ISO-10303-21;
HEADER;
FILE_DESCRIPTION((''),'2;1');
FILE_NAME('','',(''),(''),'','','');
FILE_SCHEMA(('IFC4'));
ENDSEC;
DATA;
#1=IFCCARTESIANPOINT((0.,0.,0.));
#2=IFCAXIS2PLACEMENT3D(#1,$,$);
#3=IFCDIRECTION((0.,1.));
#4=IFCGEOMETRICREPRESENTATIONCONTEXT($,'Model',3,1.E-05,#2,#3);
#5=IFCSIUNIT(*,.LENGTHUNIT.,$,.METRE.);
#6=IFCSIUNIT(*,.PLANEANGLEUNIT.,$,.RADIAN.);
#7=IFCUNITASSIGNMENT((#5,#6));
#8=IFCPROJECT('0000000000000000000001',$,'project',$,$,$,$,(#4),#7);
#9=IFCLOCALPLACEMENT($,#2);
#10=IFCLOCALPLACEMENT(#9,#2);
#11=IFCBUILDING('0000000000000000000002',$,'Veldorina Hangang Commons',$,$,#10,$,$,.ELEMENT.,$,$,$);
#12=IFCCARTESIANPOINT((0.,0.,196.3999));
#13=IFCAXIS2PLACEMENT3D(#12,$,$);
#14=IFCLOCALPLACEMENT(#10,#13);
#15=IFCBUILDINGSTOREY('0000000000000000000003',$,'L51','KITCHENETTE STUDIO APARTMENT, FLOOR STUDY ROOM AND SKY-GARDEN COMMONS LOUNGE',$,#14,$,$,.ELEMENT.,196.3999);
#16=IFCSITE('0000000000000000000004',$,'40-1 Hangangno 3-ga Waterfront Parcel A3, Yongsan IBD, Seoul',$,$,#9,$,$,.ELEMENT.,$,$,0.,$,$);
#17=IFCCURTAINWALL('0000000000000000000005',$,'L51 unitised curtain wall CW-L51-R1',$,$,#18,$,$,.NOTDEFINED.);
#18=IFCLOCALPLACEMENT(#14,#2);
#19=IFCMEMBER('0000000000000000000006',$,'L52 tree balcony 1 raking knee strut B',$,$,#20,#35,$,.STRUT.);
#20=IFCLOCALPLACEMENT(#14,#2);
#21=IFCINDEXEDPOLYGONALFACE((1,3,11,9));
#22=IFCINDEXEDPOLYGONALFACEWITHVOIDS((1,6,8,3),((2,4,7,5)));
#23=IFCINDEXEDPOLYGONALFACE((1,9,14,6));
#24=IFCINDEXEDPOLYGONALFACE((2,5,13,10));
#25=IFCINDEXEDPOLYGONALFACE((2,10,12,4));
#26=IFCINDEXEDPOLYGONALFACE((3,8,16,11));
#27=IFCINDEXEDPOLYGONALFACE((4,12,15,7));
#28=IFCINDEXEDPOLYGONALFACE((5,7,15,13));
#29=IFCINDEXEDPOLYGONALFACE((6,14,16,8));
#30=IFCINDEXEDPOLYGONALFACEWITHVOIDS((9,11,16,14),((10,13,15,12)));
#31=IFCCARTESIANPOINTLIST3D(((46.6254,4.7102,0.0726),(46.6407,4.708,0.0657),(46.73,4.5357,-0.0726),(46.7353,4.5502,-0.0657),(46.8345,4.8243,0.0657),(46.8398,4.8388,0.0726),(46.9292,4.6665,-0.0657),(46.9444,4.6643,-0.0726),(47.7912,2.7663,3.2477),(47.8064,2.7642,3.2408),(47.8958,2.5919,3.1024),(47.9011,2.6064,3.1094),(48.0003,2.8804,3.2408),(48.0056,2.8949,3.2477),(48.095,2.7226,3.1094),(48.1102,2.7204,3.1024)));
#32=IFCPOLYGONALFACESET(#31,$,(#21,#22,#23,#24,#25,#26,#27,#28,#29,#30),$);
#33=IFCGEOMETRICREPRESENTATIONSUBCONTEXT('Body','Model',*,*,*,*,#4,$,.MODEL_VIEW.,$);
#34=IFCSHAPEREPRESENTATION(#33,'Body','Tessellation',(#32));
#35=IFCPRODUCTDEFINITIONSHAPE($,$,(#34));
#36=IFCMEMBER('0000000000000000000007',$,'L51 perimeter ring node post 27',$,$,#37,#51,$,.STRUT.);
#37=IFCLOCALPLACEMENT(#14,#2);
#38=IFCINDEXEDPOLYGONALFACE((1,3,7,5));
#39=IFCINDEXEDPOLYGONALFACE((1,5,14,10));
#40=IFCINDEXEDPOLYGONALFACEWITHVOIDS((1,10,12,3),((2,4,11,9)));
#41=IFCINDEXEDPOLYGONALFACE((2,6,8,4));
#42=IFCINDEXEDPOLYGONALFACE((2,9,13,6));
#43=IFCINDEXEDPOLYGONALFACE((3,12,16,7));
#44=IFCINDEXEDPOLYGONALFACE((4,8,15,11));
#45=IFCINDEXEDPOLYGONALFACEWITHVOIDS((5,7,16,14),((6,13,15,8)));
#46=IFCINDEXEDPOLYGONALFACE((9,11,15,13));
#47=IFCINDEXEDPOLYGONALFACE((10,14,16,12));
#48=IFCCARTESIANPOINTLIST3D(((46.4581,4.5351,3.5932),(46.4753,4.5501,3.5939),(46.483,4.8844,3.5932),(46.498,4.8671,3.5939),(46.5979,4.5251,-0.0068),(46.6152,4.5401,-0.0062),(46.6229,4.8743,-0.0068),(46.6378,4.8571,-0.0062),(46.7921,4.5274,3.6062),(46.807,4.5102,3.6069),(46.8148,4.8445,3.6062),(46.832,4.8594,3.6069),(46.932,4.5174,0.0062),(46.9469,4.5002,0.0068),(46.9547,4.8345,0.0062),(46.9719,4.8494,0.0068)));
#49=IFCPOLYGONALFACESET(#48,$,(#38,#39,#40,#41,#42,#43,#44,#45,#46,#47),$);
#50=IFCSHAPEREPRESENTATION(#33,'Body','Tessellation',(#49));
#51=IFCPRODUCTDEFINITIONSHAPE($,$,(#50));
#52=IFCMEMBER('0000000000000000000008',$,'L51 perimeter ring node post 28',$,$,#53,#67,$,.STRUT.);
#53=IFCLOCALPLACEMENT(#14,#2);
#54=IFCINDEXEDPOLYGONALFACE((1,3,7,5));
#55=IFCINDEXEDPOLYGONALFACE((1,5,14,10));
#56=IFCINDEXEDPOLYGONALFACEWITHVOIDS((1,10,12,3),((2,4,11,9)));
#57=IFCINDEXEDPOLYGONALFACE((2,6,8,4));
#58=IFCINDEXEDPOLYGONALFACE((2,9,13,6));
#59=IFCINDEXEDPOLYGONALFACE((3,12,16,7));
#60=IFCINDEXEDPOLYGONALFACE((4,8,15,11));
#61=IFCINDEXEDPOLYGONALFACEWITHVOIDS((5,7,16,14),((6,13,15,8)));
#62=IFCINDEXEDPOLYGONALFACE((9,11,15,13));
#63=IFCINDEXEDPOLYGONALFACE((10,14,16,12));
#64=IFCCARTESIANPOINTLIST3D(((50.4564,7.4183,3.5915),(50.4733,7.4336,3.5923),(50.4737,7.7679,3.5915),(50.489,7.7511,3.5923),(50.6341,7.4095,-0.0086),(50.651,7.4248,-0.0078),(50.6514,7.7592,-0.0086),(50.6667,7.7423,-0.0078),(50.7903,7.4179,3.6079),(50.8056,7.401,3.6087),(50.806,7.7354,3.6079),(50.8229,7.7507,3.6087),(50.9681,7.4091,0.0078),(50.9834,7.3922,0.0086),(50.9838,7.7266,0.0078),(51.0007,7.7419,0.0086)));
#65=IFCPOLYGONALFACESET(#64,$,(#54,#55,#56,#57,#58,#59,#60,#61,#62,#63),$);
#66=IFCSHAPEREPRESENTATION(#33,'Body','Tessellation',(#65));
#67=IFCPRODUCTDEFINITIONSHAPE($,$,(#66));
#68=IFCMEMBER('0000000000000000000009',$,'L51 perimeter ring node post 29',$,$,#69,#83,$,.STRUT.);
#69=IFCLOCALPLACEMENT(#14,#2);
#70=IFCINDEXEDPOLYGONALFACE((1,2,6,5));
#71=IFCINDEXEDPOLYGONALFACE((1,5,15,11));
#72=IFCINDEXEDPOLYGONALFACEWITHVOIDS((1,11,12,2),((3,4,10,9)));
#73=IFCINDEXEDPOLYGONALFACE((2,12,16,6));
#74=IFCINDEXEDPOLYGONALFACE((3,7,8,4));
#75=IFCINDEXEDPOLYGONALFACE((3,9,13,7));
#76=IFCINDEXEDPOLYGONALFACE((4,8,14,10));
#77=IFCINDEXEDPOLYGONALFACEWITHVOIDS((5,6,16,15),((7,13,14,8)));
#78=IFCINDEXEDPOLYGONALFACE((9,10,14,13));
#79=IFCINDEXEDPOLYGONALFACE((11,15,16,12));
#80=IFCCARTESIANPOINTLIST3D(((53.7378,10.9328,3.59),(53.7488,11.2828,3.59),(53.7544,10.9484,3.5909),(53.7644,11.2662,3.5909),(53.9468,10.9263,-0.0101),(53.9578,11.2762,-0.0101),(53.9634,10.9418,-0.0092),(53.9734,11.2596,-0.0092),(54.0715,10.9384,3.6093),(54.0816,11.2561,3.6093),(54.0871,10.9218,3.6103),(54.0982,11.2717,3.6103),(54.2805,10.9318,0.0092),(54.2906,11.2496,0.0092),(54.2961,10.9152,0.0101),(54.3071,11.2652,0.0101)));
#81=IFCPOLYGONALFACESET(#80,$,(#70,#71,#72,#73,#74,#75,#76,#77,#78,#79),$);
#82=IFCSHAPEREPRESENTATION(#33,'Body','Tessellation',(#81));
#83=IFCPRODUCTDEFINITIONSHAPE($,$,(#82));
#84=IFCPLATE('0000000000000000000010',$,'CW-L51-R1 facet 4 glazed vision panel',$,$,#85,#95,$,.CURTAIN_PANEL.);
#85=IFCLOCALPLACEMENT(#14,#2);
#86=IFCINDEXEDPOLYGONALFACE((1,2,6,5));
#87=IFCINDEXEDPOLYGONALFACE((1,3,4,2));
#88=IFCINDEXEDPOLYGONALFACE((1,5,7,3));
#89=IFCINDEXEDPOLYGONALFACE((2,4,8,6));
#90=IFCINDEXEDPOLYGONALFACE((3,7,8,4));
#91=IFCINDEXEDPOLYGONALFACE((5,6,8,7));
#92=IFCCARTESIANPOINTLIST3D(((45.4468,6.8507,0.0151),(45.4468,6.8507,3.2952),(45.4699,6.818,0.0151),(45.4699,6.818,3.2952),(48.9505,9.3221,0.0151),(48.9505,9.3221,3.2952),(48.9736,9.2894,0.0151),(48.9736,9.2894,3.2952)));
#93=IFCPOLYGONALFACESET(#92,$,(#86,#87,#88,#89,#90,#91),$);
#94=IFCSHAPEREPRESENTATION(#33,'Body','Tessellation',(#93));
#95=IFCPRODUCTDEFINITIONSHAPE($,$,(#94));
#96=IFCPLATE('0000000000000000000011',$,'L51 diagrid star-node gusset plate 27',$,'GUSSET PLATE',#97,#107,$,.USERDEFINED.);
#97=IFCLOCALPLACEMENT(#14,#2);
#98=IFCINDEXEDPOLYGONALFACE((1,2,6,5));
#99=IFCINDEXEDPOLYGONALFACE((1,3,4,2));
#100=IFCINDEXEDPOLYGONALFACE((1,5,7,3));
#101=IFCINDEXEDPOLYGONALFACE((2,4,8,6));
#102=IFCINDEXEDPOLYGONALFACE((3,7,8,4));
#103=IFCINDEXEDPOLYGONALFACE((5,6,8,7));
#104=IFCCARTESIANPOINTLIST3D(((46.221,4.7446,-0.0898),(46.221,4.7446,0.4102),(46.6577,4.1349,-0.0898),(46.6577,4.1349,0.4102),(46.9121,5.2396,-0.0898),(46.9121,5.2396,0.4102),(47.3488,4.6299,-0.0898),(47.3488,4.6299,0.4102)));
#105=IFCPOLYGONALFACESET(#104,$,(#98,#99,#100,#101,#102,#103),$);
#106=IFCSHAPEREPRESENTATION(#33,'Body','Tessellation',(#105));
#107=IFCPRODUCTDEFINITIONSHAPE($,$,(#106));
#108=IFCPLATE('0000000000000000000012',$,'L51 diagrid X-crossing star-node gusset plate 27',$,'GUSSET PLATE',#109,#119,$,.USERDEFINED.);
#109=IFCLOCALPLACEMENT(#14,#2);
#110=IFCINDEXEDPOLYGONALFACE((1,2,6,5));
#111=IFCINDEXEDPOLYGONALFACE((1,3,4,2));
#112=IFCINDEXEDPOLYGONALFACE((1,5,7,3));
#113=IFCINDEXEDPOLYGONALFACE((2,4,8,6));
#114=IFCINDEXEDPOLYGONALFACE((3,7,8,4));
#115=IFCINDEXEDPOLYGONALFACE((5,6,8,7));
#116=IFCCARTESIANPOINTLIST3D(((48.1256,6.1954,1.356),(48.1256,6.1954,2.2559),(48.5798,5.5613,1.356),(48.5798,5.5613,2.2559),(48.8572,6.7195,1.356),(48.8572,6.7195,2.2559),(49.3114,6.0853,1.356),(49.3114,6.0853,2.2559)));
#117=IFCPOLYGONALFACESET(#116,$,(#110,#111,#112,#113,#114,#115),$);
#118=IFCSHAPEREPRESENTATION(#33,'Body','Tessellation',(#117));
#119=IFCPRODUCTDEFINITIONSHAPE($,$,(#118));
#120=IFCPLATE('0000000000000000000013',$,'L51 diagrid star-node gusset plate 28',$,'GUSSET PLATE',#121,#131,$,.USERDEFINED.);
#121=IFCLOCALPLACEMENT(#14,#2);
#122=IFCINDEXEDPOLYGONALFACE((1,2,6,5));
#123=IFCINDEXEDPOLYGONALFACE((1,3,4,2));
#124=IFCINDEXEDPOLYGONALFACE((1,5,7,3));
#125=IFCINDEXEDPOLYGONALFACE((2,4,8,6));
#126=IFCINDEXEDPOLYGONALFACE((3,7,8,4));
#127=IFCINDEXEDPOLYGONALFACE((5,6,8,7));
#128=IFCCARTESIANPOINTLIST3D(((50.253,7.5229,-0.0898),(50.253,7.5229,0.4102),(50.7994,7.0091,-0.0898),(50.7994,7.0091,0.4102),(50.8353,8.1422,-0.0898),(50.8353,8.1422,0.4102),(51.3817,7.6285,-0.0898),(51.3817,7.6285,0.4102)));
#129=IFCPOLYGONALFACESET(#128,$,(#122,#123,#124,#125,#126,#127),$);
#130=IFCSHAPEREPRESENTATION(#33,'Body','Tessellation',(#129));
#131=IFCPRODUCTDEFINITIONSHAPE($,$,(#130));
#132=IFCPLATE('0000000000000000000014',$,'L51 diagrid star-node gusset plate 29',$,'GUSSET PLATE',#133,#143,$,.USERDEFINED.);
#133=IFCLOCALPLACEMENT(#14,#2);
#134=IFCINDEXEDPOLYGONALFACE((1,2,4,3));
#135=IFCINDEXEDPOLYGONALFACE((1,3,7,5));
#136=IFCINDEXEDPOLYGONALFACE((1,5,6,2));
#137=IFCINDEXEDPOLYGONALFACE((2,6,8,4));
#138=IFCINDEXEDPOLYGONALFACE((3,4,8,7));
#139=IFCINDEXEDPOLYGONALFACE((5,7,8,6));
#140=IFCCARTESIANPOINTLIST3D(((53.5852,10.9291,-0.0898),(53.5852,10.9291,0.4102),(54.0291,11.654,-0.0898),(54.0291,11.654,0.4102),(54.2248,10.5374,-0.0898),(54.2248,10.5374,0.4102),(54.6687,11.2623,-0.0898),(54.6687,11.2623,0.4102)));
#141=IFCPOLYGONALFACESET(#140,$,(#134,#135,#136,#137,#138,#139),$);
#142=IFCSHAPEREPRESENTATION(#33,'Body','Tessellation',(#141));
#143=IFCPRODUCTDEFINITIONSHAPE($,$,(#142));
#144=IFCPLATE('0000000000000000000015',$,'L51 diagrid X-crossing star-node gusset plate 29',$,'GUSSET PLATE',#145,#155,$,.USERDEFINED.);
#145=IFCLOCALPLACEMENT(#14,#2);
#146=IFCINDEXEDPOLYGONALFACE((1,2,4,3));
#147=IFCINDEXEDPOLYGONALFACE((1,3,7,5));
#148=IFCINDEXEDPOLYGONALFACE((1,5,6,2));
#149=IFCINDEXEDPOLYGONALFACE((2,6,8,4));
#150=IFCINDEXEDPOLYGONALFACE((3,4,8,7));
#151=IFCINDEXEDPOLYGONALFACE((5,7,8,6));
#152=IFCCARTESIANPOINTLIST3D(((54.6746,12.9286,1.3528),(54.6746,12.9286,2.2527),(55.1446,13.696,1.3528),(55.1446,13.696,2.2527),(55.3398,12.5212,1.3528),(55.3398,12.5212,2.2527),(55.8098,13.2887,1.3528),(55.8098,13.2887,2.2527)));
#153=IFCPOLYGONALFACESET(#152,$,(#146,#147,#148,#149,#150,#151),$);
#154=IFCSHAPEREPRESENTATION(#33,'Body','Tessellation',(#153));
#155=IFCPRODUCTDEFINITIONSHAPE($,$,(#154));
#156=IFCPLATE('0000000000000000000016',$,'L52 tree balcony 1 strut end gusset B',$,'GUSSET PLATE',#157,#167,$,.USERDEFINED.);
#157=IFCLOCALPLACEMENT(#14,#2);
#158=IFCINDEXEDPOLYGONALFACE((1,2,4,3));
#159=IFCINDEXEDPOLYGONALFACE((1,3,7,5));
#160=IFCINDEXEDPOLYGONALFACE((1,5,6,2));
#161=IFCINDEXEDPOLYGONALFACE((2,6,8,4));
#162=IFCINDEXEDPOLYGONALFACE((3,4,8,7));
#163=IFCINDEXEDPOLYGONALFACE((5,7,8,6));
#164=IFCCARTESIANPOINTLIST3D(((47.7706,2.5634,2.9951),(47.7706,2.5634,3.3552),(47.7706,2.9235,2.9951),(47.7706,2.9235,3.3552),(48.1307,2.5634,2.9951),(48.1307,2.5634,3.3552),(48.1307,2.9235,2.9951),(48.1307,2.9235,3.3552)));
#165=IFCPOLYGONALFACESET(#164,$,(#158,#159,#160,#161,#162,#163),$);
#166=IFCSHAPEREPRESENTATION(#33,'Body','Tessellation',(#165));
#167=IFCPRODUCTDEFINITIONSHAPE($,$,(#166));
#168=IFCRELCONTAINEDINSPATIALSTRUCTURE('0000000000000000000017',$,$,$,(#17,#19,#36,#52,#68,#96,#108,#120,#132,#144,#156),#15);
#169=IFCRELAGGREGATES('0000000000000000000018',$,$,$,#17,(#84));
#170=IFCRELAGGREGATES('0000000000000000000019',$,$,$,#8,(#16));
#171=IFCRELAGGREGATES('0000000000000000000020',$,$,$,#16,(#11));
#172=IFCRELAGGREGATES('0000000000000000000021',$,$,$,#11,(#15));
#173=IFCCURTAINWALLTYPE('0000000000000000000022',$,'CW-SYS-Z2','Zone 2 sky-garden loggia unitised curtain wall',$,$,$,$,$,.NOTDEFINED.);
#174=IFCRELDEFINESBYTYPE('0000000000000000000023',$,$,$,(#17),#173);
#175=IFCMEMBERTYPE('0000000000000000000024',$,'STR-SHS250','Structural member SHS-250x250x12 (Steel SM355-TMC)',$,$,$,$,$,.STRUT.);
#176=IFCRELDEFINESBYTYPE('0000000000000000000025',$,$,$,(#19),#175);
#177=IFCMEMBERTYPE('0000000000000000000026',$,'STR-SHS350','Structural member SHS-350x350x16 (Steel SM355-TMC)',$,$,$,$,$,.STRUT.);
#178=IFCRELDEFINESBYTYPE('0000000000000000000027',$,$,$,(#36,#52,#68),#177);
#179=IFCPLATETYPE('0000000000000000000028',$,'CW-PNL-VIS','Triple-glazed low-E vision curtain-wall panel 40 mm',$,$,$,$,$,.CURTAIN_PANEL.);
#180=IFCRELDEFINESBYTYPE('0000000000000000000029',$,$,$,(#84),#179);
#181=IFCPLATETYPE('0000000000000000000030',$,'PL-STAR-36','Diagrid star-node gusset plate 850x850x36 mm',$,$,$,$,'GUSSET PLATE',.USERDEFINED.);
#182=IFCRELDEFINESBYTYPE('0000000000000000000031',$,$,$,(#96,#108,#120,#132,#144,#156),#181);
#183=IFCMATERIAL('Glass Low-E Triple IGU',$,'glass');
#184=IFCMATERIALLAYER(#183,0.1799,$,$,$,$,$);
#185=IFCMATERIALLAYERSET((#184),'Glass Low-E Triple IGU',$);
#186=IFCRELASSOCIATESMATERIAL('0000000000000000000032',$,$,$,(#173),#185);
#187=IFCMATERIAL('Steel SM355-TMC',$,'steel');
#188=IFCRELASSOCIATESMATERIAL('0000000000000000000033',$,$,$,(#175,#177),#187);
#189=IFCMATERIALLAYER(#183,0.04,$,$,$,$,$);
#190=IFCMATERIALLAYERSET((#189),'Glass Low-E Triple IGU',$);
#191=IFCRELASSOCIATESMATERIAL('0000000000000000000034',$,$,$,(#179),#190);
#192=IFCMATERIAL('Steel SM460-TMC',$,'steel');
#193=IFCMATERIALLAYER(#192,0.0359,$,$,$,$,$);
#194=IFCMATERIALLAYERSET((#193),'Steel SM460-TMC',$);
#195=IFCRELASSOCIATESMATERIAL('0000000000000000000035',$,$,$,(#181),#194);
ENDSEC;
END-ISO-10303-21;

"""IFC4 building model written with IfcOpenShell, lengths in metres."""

from ifc_helpers import new_model, si_unit, direction, frame, origin, origin_2d, place, context, subcontext, project, spatial, rectangle, hollow_rectangle, extrude, material, layer, layer_set, material_profile, profile_set, type_object, element, aggregate, save


model = new_model("IFC4")

# Units and contexts
model_context = context("Model", 3, precision=1e-05, world=origin(), true_north=direction((0.0, 1.0)))
body_context = subcontext(model_context, "Body", "Model", "MODEL_VIEW")
ifc_project = project(units=[si_unit("LENGTHUNIT", "METRE"), si_unit("PLANEANGLEUNIT", "RADIAN")], contexts=[model_context])

# Site, building, storey
site_placement = place(None, origin())
site = spatial("IfcSite", under=ifc_project, at=site_placement, Name="40-1 Hangangno 3-ga Waterfront Parcel A3, Yongsan IBD, Seoul", CompositionType="ELEMENT", RefElevation=0.0)
building_placement = place(site_placement, origin())
building = spatial("IfcBuilding", under=site, at=building_placement, Name="Veldorina Hangang Commons", CompositionType="ELEMENT")
storey_placement = place(building_placement, frame((0.0, 0.0, 196.3999)))
storey = spatial("IfcBuildingStorey", under=building, at=storey_placement, Name="L51", Description="KITCHENETTE STUDIO APARTMENT, FLOOR STUDY ROOM AND SKY-GARDEN COMMONS LOUNGE", CompositionType="ELEMENT", Elevation=196.3999)

# Shared definitions
ifc_material_1 = material(Name="Steel SM355-TMC", Category="steel")

# Curtain wall
ifc_material_2 = material(Name="Glass Low-E Triple IGU", Category="glass")
ifc_layer_1 = layer(ifc_material_2, 0.1799)
ifc_layer_set_1 = layer_set([ifc_layer_1], Name="Glass Low-E Triple IGU")
curtain_wall_type = type_object("IfcCurtainWallType", Name="CW-SYS-Z2", Description="Zone 2 sky-garden loggia unitised curtain wall", PredefinedType="NOTDEFINED", material=ifc_layer_set_1)
curtain_wall_1_placement = place(storey_placement, origin())
curtain_wall_1 = element("IfcCurtainWall", 1, at=curtain_wall_1_placement, inside=storey, type_object=curtain_wall_type, Name="L51 unitised curtain wall CW-L51-R1", PredefinedType="NOTDEFINED")

# Members
ifc_material_profile_1 = material_profile(ifc_material_1, hollow_rectangle(XDim=0.25, YDim=0.25, WallThickness=0.012, at=origin_2d()), Name="SHS-250x250x12")
ifc_profile_set_1 = profile_set([ifc_material_profile_1], Name="Steel SM355-TMC")
member_type_1 = type_object("IfcMemberType", Name="STR-SHS250", Description="Structural member SHS-250x250x12 (Steel SM355-TMC)", PredefinedType="STRUT", material=ifc_profile_set_1)
member_1_placement = place(storey_placement, frame((46.7849, 4.6873, 0.0), z_axis=(0.298832, -0.498283, 0.813888), x_axis=(0.857597, 0.514322, 0.0)))
element("IfcMember", 2, at=member_1_placement, inside=storey, type_object=member_type_1, Name="L52 tree balcony 1 raking knee strut B", PredefinedType="STRUT", context=body_context, shape_type="SweptSolid", body=[
    extrude(hollow_rectangle(XDim=0.25, YDim=0.25, WallThickness=0.012, at=origin_2d()), origin(), (0.0, 0.0, 1.0), 3.9011),
])
ifc_material_profile_2 = material_profile(ifc_material_1, hollow_rectangle(XDim=0.3501, YDim=0.3501, WallThickness=0.0161, at=origin_2d()), Name="SHS-350x350x16")
ifc_profile_set_2 = profile_set([ifc_material_profile_2], Name="Steel SM355-TMC")
member_type_2 = type_object("IfcMemberType", Name="STR-SHS350", Description="Structural member SHS-350x350x16 (Steel SM355-TMC)", PredefinedType="STRUT", material=ifc_profile_set_2)
member_2_placement = place(storey_placement, frame((46.7849, 4.6873, 0.0), z_axis=(-0.038829, 0.002778, 0.999242), x_axis=(-0.071371, -0.99745, 0.0)))
element("IfcMember", 3, at=member_2_placement, inside=storey, type_object=member_type_2, Name="L51 perimeter ring node post 27", PredefinedType="STRUT", context=body_context, shape_type="SweptSolid", body=[
    extrude(hollow_rectangle(XDim=0.3501, YDim=0.3501, WallThickness=0.0161, at=origin_2d()), origin(), (0.0, 0.0, 1.0), 3.6028),
])
member_3_placement = place(storey_placement, frame((50.8174, 7.5757, 0.0), z_axis=(-0.049309, 0.002438, 0.998781), x_axis=(-0.04939, -0.99878, 0.0)))
element("IfcMember", 4, at=member_3_placement, inside=storey, type_object=member_type_2, Name="L51 perimeter ring node post 28", PredefinedType="STRUT", context=body_context, shape_type="SweptSolid", body=[
    extrude(hollow_rectangle(XDim=0.3501, YDim=0.3501, WallThickness=0.0161, at=origin_2d()), origin(), (0.0, 0.0, 1.0), 3.6045),
])
member_4_placement = place(storey_placement, frame((54.127, 11.0957, 0.0), z_axis=(-0.057952, 0.001828, 0.998318), x_axis=(-0.031526, -0.999503, 0.0)))
element("IfcMember", 5, at=member_4_placement, inside=storey, type_object=member_type_2, Name="L51 perimeter ring node post 29", PredefinedType="STRUT", context=body_context, shape_type="SweptSolid", body=[
    extrude(hollow_rectangle(XDim=0.3501, YDim=0.3501, WallThickness=0.0161, at=origin_2d()), origin(), (0.0, 0.0, 1.0), 3.6062),
])

# Plate
ifc_layer_2 = layer(ifc_material_2, 0.04)
ifc_layer_set_2 = layer_set([ifc_layer_2], Name="Glass Low-E Triple IGU")
plate_type_1 = type_object("IfcPlateType", Name="CW-PNL-VIS", Description="Triple-glazed low-E vision curtain-wall panel 40 mm", PredefinedType="CURTAIN_PANEL", material=ifc_layer_set_2)
plate_1_placement = place(storey_placement, frame((47.2102, 8.0701, 0.0151), z_axis=(0.0, 0.0, 1.0), x_axis=(0.817165, 0.576404, 0.0)))
plate_1 = element("IfcPlate", 6, at=plate_1_placement, type_object=plate_type_1, Name="CW-L51-R1 facet 4 glazed vision panel", PredefinedType="CURTAIN_PANEL", context=body_context, shape_type="SweptSolid", body=[
    extrude(rectangle(XDim=4.2876, YDim=0.04, at=origin_2d()), origin(), (0.0, 0.0, 1.0), 3.28),
])
aggregate(curtain_wall_1, [plate_1])

# Plates
ifc_material_3 = material(Name="Steel SM460-TMC", Category="steel")
ifc_layer_3 = layer(ifc_material_3, 0.0359)
ifc_layer_set_3 = layer_set([ifc_layer_3], Name="Steel SM460-TMC")
plate_type_2 = type_object("IfcPlateType", Name="PL-STAR-36", Description="Diagrid star-node gusset plate 850x850x36 mm", ElementType="GUSSET PLATE", PredefinedType="USERDEFINED", material=ifc_layer_set_3)
plate_2_placement = place(storey_placement, frame((46.7849, 4.6873, -0.0898), z_axis=(0.0, 0.0, 1.0), x_axis=(0.812958, 0.582322, 0.0)))
element("IfcPlate", 7, at=plate_2_placement, inside=storey, type_object=plate_type_2, Name="L51 diagrid star-node gusset plate 27", ObjectType="GUSSET PLATE", PredefinedType="USERDEFINED", context=body_context, shape_type="SweptSolid", body=[
    extrude(rectangle(XDim=0.8501, YDim=0.75, at=origin_2d()), origin(), (0.0, 0.0, 1.0), 0.5),
])
plate_3_placement = place(storey_placement, frame((48.7185, 6.1404, 1.356), z_axis=(0.0, 0.0, 1.0), x_axis=(0.812958, 0.582322, 0.0)))
element("IfcPlate", 8, at=plate_3_placement, inside=storey, type_object=plate_type_2, Name="L51 diagrid X-crossing star-node gusset plate 27", ObjectType="GUSSET PLATE", PredefinedType="USERDEFINED", context=body_context, shape_type="SweptSolid", body=[
    extrude(rectangle(XDim=0.8999, YDim=0.78, at=origin_2d()), origin(), (0.0, 0.0, 1.0), 0.8999),
])
for number, where, z_axis, x_axis, name in (
    (9, (50.8174, 7.5757, -0.0898), (0.0, 0.0, 1.0), (0.685005, 0.728538, 0.0), "L51 diagrid star-node gusset plate 28"),
    (10, (54.127, 11.0957, -0.0898), (0.0, 0.0, 1.0), (0.522246, 0.852795, 0.0), "L51 diagrid star-node gusset plate 29"),
):
    element("IfcPlate", number, at=place(storey_placement, frame(where, z_axis=z_axis, x_axis=x_axis)), inside=storey, type_object=plate_type_2, Name=name, ObjectType="GUSSET PLATE", PredefinedType="USERDEFINED", context=body_context, shape_type="SweptSolid", body=[
        extrude(rectangle(XDim=0.8501, YDim=0.75, at=origin_2d()), origin(), (0.0, 0.0, 1.0), 0.5),
    ])
plate_4_placement = place(storey_placement, frame((55.2422, 13.1086, 1.3528), z_axis=(0.0, 0.0, 1.0), x_axis=(0.522246, 0.852795, 0.0)))
element("IfcPlate", 11, at=plate_4_placement, inside=storey, type_object=plate_type_2, Name="L51 diagrid X-crossing star-node gusset plate 29", ObjectType="GUSSET PLATE", PredefinedType="USERDEFINED", context=body_context, shape_type="SweptSolid", body=[
    extrude(rectangle(XDim=0.8999, YDim=0.78, at=origin_2d()), origin(), (0.0, 0.0, 1.0), 0.8999),
])
plate_5_placement = place(storey_placement, frame((47.9507, 2.7434, 2.9951), z_axis=(0.0, 0.0, 1.0), x_axis=(1.0, 0.0, 0.0)))
element("IfcPlate", 12, at=plate_5_placement, inside=storey, type_object=plate_type_2, Name="L52 tree balcony 1 strut end gusset B", ObjectType="GUSSET PLATE", PredefinedType="USERDEFINED", context=body_context, shape_type="SweptSolid", body=[
    extrude(rectangle(XDim=0.3601, YDim=0.3601, at=origin_2d()), origin(), (0.0, 0.0, 1.0), 0.3601),
])

save(model, "model.ifc")
